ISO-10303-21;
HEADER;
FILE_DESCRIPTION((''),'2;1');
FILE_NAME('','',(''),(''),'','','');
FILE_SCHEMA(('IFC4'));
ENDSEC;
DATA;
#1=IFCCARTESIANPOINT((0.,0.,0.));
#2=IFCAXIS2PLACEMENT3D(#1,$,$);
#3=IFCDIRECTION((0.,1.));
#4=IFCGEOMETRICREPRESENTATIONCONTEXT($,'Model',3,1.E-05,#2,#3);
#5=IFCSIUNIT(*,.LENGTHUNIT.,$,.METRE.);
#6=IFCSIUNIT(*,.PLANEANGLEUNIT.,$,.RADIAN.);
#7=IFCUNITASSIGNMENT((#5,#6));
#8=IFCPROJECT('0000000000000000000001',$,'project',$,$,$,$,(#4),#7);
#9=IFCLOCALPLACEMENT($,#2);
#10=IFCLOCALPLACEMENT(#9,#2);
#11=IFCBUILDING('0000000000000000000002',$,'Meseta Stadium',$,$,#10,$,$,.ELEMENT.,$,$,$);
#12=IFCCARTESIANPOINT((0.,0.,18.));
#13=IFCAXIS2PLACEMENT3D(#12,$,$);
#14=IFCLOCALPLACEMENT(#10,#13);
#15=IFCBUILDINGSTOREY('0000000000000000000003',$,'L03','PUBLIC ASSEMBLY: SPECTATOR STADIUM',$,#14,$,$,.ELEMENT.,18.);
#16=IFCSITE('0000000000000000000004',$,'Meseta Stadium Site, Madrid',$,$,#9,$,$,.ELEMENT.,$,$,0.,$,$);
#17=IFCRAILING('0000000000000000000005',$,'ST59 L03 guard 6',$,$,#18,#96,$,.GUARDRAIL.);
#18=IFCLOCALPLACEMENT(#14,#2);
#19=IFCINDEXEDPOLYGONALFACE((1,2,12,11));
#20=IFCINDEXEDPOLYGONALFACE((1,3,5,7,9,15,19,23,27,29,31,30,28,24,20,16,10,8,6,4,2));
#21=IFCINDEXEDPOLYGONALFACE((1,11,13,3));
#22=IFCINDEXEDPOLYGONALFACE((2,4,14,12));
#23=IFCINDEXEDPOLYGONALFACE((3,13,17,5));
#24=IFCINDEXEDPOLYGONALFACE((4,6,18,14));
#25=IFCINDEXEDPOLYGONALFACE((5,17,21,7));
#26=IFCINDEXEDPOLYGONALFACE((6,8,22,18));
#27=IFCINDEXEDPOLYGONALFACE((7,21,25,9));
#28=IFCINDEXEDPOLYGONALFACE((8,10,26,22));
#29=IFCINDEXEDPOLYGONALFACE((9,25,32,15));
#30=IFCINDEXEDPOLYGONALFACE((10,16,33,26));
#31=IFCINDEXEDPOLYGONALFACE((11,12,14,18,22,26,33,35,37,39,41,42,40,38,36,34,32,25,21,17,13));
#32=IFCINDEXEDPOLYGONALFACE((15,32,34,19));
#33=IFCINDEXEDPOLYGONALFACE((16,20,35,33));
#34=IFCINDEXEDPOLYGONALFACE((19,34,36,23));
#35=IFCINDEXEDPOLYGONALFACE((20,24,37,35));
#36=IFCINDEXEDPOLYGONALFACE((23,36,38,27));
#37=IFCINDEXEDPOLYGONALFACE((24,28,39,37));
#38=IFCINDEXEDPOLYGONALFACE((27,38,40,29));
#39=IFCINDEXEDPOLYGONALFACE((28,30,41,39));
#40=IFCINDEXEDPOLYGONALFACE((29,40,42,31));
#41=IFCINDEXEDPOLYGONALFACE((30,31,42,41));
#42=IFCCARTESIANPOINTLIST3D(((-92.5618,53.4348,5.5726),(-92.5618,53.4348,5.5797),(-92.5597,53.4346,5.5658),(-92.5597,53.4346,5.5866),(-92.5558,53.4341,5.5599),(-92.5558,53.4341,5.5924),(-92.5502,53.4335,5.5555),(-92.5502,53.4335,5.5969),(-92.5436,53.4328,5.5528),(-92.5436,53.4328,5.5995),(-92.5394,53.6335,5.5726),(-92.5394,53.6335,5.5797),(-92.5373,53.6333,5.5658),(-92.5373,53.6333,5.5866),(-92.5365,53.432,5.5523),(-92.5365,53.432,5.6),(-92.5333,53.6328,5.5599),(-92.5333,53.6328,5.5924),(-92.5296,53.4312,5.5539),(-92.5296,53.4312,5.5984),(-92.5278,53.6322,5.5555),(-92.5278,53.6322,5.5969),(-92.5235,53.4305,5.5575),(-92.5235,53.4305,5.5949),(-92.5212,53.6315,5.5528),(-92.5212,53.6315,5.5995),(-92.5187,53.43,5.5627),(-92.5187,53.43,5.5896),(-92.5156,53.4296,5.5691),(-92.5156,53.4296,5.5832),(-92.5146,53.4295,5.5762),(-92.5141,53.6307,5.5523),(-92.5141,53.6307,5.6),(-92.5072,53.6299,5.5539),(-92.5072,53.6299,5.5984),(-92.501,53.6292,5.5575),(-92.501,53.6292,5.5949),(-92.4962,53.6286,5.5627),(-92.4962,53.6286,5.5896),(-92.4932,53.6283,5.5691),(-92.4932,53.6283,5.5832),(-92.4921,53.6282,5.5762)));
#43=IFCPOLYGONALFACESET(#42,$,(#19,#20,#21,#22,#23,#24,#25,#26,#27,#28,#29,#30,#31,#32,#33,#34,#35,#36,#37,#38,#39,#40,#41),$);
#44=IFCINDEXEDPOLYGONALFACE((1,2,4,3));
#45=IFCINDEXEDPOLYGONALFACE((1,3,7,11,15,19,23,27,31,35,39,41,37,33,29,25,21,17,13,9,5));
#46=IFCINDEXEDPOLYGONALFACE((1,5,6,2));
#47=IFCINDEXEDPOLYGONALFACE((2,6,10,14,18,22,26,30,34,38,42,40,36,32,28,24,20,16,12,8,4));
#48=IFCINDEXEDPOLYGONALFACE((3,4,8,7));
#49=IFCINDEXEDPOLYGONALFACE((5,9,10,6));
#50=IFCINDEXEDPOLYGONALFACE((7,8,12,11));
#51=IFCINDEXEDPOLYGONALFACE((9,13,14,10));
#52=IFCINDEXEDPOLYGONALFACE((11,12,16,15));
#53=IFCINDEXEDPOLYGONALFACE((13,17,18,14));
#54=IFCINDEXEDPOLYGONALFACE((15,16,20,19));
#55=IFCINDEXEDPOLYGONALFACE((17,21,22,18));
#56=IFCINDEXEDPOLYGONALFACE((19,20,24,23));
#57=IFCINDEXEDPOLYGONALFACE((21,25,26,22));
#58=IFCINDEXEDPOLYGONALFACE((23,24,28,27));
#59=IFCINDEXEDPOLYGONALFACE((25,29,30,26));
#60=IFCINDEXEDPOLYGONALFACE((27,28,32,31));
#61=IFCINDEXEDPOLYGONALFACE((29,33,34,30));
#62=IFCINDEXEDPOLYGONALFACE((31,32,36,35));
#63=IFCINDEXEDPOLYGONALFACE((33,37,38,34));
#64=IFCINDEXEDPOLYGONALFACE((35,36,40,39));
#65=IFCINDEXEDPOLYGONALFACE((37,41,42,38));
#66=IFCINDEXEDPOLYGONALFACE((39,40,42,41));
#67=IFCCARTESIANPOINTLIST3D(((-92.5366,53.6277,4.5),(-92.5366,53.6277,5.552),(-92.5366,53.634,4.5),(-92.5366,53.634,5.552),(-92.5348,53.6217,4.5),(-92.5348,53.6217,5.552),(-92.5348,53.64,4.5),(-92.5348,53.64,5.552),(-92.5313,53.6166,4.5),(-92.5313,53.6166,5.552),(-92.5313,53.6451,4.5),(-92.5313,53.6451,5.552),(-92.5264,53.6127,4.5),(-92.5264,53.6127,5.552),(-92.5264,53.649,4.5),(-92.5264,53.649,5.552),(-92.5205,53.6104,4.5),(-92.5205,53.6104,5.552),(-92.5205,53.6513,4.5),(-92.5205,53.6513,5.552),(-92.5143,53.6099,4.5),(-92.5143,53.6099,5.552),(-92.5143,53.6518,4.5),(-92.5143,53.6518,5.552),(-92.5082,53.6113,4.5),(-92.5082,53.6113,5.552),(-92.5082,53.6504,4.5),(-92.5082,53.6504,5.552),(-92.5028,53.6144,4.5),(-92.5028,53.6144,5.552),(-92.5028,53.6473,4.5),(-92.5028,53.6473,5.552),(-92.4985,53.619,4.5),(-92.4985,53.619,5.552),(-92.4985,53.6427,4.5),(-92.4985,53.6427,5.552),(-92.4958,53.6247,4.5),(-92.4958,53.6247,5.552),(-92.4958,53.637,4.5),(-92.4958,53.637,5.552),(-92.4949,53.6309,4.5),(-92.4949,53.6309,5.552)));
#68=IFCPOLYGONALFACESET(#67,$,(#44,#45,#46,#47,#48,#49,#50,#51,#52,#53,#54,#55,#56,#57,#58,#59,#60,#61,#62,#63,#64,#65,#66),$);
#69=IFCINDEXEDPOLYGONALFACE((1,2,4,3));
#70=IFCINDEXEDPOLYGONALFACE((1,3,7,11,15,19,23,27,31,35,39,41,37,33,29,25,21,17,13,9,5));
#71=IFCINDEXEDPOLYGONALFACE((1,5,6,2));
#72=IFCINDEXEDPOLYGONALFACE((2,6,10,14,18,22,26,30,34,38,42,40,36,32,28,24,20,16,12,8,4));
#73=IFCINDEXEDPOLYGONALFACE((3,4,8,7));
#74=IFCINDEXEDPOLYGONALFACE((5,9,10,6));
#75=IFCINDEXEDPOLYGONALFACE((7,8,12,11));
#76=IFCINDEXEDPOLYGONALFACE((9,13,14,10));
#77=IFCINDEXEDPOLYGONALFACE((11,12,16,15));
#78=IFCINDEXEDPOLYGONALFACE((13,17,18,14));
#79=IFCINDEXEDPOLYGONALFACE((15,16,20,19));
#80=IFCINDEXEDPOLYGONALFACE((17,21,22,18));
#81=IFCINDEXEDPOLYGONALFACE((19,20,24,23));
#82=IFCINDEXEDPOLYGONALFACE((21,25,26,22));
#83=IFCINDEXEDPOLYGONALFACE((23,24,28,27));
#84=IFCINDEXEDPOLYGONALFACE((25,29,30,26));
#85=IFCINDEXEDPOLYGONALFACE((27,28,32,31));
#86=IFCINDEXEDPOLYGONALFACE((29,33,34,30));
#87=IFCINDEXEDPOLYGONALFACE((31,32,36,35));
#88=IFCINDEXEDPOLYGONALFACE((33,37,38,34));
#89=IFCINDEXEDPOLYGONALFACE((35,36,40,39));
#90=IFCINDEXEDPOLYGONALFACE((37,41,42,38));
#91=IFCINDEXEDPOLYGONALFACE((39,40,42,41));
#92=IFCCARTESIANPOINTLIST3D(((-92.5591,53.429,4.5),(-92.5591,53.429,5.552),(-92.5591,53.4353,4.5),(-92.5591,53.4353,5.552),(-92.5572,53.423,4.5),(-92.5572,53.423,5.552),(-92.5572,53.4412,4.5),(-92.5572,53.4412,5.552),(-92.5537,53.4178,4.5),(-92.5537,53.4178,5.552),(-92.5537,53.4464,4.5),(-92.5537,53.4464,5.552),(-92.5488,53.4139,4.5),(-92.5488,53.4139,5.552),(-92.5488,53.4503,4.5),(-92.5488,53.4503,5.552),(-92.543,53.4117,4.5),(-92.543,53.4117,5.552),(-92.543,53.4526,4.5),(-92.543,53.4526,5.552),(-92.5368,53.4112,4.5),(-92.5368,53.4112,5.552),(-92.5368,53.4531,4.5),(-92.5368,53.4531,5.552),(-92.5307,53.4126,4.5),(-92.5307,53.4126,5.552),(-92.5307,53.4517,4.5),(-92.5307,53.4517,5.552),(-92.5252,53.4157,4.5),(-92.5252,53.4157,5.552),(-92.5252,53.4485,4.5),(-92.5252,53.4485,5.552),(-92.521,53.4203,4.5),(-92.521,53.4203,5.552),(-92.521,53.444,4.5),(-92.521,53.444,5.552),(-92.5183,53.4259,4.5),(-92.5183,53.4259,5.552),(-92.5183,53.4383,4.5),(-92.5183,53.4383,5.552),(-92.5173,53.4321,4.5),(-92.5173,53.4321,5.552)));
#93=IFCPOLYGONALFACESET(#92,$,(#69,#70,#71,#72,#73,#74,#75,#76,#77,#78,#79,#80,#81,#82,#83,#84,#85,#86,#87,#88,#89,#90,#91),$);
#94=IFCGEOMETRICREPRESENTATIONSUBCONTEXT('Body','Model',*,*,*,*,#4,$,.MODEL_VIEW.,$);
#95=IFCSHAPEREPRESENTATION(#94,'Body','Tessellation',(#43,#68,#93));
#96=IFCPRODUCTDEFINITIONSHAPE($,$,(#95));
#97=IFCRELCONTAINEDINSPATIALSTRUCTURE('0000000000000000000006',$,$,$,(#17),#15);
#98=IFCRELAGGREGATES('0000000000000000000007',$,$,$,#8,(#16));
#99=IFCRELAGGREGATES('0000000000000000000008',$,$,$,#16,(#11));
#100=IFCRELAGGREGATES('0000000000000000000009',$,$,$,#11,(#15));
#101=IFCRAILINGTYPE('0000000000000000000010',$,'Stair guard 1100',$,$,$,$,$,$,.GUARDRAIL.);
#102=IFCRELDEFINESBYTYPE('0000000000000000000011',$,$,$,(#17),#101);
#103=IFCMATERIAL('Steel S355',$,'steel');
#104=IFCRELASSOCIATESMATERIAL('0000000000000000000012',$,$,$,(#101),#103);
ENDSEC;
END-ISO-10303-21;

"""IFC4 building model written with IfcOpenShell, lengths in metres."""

from ifc_helpers import new_model, si_unit, direction, frame, origin, origin_2d, place, context, subcontext, project, spatial, circle, extrude, material, type_object, element, save


model = new_model("IFC4")

# Units and contexts
model_context = context("Model", 3, precision=1e-05, world=origin(), true_north=direction((0.0, 1.0)))
body_context = subcontext(model_context, "Body", "Model", "MODEL_VIEW")
ifc_project = project(units=[si_unit("LENGTHUNIT", "METRE"), si_unit("PLANEANGLEUNIT", "RADIAN")], contexts=[model_context])

# Site, building, storey
site_placement = place(None, origin())
site = spatial("IfcSite", under=ifc_project, at=site_placement, Name="Meseta Stadium Site, Madrid", CompositionType="ELEMENT", RefElevation=0.0)
building_placement = place(site_placement, origin())
building = spatial("IfcBuilding", under=site, at=building_placement, Name="Meseta Stadium", CompositionType="ELEMENT")
storey_placement = place(building_placement, frame((0.0, 0.0, 18.0)))
storey = spatial("IfcBuildingStorey", under=building, at=storey_placement, Name="L03", Description="PUBLIC ASSEMBLY: SPECTATOR STADIUM", CompositionType="ELEMENT", Elevation=18.0)

# Railing
ifc_material_1 = material(Name="Steel S355", Category="steel")
railing_type_1 = type_object("IfcRailingType", Name="Stair guard 1100", PredefinedType="GUARDRAIL", material=ifc_material_1)
railing_1_placement = place(storey_placement, frame((-92.5159, 53.6309, 4.5)))
element("IfcRailing", 1, at=railing_1_placement, inside=storey, type_object=railing_type_1, Name="ST59 L03 guard 6", PredefinedType="GUARDRAIL", context=body_context, shape_type="SweptSolid", body=[
    extrude(circle(Radius=0.0239, at=origin_2d()), frame((0.0, 0.0, 1.0762), z_axis=(-0.112307, -0.993674, 0.0), x_axis=(0.993674, -0.112307, 0.0)), (0.0, 0.0, 1.0), 0.2),
    extrude(circle(Radius=0.021, at=origin_2d()), origin(), (0.0, 0.0, 1.0), 1.052),
    extrude(circle(Radius=0.021, at=origin_2d()), frame((-0.0225, -0.1987, 0.0)), (0.0, 0.0, 1.0), 1.052),
])

save(model, "model.ifc")
